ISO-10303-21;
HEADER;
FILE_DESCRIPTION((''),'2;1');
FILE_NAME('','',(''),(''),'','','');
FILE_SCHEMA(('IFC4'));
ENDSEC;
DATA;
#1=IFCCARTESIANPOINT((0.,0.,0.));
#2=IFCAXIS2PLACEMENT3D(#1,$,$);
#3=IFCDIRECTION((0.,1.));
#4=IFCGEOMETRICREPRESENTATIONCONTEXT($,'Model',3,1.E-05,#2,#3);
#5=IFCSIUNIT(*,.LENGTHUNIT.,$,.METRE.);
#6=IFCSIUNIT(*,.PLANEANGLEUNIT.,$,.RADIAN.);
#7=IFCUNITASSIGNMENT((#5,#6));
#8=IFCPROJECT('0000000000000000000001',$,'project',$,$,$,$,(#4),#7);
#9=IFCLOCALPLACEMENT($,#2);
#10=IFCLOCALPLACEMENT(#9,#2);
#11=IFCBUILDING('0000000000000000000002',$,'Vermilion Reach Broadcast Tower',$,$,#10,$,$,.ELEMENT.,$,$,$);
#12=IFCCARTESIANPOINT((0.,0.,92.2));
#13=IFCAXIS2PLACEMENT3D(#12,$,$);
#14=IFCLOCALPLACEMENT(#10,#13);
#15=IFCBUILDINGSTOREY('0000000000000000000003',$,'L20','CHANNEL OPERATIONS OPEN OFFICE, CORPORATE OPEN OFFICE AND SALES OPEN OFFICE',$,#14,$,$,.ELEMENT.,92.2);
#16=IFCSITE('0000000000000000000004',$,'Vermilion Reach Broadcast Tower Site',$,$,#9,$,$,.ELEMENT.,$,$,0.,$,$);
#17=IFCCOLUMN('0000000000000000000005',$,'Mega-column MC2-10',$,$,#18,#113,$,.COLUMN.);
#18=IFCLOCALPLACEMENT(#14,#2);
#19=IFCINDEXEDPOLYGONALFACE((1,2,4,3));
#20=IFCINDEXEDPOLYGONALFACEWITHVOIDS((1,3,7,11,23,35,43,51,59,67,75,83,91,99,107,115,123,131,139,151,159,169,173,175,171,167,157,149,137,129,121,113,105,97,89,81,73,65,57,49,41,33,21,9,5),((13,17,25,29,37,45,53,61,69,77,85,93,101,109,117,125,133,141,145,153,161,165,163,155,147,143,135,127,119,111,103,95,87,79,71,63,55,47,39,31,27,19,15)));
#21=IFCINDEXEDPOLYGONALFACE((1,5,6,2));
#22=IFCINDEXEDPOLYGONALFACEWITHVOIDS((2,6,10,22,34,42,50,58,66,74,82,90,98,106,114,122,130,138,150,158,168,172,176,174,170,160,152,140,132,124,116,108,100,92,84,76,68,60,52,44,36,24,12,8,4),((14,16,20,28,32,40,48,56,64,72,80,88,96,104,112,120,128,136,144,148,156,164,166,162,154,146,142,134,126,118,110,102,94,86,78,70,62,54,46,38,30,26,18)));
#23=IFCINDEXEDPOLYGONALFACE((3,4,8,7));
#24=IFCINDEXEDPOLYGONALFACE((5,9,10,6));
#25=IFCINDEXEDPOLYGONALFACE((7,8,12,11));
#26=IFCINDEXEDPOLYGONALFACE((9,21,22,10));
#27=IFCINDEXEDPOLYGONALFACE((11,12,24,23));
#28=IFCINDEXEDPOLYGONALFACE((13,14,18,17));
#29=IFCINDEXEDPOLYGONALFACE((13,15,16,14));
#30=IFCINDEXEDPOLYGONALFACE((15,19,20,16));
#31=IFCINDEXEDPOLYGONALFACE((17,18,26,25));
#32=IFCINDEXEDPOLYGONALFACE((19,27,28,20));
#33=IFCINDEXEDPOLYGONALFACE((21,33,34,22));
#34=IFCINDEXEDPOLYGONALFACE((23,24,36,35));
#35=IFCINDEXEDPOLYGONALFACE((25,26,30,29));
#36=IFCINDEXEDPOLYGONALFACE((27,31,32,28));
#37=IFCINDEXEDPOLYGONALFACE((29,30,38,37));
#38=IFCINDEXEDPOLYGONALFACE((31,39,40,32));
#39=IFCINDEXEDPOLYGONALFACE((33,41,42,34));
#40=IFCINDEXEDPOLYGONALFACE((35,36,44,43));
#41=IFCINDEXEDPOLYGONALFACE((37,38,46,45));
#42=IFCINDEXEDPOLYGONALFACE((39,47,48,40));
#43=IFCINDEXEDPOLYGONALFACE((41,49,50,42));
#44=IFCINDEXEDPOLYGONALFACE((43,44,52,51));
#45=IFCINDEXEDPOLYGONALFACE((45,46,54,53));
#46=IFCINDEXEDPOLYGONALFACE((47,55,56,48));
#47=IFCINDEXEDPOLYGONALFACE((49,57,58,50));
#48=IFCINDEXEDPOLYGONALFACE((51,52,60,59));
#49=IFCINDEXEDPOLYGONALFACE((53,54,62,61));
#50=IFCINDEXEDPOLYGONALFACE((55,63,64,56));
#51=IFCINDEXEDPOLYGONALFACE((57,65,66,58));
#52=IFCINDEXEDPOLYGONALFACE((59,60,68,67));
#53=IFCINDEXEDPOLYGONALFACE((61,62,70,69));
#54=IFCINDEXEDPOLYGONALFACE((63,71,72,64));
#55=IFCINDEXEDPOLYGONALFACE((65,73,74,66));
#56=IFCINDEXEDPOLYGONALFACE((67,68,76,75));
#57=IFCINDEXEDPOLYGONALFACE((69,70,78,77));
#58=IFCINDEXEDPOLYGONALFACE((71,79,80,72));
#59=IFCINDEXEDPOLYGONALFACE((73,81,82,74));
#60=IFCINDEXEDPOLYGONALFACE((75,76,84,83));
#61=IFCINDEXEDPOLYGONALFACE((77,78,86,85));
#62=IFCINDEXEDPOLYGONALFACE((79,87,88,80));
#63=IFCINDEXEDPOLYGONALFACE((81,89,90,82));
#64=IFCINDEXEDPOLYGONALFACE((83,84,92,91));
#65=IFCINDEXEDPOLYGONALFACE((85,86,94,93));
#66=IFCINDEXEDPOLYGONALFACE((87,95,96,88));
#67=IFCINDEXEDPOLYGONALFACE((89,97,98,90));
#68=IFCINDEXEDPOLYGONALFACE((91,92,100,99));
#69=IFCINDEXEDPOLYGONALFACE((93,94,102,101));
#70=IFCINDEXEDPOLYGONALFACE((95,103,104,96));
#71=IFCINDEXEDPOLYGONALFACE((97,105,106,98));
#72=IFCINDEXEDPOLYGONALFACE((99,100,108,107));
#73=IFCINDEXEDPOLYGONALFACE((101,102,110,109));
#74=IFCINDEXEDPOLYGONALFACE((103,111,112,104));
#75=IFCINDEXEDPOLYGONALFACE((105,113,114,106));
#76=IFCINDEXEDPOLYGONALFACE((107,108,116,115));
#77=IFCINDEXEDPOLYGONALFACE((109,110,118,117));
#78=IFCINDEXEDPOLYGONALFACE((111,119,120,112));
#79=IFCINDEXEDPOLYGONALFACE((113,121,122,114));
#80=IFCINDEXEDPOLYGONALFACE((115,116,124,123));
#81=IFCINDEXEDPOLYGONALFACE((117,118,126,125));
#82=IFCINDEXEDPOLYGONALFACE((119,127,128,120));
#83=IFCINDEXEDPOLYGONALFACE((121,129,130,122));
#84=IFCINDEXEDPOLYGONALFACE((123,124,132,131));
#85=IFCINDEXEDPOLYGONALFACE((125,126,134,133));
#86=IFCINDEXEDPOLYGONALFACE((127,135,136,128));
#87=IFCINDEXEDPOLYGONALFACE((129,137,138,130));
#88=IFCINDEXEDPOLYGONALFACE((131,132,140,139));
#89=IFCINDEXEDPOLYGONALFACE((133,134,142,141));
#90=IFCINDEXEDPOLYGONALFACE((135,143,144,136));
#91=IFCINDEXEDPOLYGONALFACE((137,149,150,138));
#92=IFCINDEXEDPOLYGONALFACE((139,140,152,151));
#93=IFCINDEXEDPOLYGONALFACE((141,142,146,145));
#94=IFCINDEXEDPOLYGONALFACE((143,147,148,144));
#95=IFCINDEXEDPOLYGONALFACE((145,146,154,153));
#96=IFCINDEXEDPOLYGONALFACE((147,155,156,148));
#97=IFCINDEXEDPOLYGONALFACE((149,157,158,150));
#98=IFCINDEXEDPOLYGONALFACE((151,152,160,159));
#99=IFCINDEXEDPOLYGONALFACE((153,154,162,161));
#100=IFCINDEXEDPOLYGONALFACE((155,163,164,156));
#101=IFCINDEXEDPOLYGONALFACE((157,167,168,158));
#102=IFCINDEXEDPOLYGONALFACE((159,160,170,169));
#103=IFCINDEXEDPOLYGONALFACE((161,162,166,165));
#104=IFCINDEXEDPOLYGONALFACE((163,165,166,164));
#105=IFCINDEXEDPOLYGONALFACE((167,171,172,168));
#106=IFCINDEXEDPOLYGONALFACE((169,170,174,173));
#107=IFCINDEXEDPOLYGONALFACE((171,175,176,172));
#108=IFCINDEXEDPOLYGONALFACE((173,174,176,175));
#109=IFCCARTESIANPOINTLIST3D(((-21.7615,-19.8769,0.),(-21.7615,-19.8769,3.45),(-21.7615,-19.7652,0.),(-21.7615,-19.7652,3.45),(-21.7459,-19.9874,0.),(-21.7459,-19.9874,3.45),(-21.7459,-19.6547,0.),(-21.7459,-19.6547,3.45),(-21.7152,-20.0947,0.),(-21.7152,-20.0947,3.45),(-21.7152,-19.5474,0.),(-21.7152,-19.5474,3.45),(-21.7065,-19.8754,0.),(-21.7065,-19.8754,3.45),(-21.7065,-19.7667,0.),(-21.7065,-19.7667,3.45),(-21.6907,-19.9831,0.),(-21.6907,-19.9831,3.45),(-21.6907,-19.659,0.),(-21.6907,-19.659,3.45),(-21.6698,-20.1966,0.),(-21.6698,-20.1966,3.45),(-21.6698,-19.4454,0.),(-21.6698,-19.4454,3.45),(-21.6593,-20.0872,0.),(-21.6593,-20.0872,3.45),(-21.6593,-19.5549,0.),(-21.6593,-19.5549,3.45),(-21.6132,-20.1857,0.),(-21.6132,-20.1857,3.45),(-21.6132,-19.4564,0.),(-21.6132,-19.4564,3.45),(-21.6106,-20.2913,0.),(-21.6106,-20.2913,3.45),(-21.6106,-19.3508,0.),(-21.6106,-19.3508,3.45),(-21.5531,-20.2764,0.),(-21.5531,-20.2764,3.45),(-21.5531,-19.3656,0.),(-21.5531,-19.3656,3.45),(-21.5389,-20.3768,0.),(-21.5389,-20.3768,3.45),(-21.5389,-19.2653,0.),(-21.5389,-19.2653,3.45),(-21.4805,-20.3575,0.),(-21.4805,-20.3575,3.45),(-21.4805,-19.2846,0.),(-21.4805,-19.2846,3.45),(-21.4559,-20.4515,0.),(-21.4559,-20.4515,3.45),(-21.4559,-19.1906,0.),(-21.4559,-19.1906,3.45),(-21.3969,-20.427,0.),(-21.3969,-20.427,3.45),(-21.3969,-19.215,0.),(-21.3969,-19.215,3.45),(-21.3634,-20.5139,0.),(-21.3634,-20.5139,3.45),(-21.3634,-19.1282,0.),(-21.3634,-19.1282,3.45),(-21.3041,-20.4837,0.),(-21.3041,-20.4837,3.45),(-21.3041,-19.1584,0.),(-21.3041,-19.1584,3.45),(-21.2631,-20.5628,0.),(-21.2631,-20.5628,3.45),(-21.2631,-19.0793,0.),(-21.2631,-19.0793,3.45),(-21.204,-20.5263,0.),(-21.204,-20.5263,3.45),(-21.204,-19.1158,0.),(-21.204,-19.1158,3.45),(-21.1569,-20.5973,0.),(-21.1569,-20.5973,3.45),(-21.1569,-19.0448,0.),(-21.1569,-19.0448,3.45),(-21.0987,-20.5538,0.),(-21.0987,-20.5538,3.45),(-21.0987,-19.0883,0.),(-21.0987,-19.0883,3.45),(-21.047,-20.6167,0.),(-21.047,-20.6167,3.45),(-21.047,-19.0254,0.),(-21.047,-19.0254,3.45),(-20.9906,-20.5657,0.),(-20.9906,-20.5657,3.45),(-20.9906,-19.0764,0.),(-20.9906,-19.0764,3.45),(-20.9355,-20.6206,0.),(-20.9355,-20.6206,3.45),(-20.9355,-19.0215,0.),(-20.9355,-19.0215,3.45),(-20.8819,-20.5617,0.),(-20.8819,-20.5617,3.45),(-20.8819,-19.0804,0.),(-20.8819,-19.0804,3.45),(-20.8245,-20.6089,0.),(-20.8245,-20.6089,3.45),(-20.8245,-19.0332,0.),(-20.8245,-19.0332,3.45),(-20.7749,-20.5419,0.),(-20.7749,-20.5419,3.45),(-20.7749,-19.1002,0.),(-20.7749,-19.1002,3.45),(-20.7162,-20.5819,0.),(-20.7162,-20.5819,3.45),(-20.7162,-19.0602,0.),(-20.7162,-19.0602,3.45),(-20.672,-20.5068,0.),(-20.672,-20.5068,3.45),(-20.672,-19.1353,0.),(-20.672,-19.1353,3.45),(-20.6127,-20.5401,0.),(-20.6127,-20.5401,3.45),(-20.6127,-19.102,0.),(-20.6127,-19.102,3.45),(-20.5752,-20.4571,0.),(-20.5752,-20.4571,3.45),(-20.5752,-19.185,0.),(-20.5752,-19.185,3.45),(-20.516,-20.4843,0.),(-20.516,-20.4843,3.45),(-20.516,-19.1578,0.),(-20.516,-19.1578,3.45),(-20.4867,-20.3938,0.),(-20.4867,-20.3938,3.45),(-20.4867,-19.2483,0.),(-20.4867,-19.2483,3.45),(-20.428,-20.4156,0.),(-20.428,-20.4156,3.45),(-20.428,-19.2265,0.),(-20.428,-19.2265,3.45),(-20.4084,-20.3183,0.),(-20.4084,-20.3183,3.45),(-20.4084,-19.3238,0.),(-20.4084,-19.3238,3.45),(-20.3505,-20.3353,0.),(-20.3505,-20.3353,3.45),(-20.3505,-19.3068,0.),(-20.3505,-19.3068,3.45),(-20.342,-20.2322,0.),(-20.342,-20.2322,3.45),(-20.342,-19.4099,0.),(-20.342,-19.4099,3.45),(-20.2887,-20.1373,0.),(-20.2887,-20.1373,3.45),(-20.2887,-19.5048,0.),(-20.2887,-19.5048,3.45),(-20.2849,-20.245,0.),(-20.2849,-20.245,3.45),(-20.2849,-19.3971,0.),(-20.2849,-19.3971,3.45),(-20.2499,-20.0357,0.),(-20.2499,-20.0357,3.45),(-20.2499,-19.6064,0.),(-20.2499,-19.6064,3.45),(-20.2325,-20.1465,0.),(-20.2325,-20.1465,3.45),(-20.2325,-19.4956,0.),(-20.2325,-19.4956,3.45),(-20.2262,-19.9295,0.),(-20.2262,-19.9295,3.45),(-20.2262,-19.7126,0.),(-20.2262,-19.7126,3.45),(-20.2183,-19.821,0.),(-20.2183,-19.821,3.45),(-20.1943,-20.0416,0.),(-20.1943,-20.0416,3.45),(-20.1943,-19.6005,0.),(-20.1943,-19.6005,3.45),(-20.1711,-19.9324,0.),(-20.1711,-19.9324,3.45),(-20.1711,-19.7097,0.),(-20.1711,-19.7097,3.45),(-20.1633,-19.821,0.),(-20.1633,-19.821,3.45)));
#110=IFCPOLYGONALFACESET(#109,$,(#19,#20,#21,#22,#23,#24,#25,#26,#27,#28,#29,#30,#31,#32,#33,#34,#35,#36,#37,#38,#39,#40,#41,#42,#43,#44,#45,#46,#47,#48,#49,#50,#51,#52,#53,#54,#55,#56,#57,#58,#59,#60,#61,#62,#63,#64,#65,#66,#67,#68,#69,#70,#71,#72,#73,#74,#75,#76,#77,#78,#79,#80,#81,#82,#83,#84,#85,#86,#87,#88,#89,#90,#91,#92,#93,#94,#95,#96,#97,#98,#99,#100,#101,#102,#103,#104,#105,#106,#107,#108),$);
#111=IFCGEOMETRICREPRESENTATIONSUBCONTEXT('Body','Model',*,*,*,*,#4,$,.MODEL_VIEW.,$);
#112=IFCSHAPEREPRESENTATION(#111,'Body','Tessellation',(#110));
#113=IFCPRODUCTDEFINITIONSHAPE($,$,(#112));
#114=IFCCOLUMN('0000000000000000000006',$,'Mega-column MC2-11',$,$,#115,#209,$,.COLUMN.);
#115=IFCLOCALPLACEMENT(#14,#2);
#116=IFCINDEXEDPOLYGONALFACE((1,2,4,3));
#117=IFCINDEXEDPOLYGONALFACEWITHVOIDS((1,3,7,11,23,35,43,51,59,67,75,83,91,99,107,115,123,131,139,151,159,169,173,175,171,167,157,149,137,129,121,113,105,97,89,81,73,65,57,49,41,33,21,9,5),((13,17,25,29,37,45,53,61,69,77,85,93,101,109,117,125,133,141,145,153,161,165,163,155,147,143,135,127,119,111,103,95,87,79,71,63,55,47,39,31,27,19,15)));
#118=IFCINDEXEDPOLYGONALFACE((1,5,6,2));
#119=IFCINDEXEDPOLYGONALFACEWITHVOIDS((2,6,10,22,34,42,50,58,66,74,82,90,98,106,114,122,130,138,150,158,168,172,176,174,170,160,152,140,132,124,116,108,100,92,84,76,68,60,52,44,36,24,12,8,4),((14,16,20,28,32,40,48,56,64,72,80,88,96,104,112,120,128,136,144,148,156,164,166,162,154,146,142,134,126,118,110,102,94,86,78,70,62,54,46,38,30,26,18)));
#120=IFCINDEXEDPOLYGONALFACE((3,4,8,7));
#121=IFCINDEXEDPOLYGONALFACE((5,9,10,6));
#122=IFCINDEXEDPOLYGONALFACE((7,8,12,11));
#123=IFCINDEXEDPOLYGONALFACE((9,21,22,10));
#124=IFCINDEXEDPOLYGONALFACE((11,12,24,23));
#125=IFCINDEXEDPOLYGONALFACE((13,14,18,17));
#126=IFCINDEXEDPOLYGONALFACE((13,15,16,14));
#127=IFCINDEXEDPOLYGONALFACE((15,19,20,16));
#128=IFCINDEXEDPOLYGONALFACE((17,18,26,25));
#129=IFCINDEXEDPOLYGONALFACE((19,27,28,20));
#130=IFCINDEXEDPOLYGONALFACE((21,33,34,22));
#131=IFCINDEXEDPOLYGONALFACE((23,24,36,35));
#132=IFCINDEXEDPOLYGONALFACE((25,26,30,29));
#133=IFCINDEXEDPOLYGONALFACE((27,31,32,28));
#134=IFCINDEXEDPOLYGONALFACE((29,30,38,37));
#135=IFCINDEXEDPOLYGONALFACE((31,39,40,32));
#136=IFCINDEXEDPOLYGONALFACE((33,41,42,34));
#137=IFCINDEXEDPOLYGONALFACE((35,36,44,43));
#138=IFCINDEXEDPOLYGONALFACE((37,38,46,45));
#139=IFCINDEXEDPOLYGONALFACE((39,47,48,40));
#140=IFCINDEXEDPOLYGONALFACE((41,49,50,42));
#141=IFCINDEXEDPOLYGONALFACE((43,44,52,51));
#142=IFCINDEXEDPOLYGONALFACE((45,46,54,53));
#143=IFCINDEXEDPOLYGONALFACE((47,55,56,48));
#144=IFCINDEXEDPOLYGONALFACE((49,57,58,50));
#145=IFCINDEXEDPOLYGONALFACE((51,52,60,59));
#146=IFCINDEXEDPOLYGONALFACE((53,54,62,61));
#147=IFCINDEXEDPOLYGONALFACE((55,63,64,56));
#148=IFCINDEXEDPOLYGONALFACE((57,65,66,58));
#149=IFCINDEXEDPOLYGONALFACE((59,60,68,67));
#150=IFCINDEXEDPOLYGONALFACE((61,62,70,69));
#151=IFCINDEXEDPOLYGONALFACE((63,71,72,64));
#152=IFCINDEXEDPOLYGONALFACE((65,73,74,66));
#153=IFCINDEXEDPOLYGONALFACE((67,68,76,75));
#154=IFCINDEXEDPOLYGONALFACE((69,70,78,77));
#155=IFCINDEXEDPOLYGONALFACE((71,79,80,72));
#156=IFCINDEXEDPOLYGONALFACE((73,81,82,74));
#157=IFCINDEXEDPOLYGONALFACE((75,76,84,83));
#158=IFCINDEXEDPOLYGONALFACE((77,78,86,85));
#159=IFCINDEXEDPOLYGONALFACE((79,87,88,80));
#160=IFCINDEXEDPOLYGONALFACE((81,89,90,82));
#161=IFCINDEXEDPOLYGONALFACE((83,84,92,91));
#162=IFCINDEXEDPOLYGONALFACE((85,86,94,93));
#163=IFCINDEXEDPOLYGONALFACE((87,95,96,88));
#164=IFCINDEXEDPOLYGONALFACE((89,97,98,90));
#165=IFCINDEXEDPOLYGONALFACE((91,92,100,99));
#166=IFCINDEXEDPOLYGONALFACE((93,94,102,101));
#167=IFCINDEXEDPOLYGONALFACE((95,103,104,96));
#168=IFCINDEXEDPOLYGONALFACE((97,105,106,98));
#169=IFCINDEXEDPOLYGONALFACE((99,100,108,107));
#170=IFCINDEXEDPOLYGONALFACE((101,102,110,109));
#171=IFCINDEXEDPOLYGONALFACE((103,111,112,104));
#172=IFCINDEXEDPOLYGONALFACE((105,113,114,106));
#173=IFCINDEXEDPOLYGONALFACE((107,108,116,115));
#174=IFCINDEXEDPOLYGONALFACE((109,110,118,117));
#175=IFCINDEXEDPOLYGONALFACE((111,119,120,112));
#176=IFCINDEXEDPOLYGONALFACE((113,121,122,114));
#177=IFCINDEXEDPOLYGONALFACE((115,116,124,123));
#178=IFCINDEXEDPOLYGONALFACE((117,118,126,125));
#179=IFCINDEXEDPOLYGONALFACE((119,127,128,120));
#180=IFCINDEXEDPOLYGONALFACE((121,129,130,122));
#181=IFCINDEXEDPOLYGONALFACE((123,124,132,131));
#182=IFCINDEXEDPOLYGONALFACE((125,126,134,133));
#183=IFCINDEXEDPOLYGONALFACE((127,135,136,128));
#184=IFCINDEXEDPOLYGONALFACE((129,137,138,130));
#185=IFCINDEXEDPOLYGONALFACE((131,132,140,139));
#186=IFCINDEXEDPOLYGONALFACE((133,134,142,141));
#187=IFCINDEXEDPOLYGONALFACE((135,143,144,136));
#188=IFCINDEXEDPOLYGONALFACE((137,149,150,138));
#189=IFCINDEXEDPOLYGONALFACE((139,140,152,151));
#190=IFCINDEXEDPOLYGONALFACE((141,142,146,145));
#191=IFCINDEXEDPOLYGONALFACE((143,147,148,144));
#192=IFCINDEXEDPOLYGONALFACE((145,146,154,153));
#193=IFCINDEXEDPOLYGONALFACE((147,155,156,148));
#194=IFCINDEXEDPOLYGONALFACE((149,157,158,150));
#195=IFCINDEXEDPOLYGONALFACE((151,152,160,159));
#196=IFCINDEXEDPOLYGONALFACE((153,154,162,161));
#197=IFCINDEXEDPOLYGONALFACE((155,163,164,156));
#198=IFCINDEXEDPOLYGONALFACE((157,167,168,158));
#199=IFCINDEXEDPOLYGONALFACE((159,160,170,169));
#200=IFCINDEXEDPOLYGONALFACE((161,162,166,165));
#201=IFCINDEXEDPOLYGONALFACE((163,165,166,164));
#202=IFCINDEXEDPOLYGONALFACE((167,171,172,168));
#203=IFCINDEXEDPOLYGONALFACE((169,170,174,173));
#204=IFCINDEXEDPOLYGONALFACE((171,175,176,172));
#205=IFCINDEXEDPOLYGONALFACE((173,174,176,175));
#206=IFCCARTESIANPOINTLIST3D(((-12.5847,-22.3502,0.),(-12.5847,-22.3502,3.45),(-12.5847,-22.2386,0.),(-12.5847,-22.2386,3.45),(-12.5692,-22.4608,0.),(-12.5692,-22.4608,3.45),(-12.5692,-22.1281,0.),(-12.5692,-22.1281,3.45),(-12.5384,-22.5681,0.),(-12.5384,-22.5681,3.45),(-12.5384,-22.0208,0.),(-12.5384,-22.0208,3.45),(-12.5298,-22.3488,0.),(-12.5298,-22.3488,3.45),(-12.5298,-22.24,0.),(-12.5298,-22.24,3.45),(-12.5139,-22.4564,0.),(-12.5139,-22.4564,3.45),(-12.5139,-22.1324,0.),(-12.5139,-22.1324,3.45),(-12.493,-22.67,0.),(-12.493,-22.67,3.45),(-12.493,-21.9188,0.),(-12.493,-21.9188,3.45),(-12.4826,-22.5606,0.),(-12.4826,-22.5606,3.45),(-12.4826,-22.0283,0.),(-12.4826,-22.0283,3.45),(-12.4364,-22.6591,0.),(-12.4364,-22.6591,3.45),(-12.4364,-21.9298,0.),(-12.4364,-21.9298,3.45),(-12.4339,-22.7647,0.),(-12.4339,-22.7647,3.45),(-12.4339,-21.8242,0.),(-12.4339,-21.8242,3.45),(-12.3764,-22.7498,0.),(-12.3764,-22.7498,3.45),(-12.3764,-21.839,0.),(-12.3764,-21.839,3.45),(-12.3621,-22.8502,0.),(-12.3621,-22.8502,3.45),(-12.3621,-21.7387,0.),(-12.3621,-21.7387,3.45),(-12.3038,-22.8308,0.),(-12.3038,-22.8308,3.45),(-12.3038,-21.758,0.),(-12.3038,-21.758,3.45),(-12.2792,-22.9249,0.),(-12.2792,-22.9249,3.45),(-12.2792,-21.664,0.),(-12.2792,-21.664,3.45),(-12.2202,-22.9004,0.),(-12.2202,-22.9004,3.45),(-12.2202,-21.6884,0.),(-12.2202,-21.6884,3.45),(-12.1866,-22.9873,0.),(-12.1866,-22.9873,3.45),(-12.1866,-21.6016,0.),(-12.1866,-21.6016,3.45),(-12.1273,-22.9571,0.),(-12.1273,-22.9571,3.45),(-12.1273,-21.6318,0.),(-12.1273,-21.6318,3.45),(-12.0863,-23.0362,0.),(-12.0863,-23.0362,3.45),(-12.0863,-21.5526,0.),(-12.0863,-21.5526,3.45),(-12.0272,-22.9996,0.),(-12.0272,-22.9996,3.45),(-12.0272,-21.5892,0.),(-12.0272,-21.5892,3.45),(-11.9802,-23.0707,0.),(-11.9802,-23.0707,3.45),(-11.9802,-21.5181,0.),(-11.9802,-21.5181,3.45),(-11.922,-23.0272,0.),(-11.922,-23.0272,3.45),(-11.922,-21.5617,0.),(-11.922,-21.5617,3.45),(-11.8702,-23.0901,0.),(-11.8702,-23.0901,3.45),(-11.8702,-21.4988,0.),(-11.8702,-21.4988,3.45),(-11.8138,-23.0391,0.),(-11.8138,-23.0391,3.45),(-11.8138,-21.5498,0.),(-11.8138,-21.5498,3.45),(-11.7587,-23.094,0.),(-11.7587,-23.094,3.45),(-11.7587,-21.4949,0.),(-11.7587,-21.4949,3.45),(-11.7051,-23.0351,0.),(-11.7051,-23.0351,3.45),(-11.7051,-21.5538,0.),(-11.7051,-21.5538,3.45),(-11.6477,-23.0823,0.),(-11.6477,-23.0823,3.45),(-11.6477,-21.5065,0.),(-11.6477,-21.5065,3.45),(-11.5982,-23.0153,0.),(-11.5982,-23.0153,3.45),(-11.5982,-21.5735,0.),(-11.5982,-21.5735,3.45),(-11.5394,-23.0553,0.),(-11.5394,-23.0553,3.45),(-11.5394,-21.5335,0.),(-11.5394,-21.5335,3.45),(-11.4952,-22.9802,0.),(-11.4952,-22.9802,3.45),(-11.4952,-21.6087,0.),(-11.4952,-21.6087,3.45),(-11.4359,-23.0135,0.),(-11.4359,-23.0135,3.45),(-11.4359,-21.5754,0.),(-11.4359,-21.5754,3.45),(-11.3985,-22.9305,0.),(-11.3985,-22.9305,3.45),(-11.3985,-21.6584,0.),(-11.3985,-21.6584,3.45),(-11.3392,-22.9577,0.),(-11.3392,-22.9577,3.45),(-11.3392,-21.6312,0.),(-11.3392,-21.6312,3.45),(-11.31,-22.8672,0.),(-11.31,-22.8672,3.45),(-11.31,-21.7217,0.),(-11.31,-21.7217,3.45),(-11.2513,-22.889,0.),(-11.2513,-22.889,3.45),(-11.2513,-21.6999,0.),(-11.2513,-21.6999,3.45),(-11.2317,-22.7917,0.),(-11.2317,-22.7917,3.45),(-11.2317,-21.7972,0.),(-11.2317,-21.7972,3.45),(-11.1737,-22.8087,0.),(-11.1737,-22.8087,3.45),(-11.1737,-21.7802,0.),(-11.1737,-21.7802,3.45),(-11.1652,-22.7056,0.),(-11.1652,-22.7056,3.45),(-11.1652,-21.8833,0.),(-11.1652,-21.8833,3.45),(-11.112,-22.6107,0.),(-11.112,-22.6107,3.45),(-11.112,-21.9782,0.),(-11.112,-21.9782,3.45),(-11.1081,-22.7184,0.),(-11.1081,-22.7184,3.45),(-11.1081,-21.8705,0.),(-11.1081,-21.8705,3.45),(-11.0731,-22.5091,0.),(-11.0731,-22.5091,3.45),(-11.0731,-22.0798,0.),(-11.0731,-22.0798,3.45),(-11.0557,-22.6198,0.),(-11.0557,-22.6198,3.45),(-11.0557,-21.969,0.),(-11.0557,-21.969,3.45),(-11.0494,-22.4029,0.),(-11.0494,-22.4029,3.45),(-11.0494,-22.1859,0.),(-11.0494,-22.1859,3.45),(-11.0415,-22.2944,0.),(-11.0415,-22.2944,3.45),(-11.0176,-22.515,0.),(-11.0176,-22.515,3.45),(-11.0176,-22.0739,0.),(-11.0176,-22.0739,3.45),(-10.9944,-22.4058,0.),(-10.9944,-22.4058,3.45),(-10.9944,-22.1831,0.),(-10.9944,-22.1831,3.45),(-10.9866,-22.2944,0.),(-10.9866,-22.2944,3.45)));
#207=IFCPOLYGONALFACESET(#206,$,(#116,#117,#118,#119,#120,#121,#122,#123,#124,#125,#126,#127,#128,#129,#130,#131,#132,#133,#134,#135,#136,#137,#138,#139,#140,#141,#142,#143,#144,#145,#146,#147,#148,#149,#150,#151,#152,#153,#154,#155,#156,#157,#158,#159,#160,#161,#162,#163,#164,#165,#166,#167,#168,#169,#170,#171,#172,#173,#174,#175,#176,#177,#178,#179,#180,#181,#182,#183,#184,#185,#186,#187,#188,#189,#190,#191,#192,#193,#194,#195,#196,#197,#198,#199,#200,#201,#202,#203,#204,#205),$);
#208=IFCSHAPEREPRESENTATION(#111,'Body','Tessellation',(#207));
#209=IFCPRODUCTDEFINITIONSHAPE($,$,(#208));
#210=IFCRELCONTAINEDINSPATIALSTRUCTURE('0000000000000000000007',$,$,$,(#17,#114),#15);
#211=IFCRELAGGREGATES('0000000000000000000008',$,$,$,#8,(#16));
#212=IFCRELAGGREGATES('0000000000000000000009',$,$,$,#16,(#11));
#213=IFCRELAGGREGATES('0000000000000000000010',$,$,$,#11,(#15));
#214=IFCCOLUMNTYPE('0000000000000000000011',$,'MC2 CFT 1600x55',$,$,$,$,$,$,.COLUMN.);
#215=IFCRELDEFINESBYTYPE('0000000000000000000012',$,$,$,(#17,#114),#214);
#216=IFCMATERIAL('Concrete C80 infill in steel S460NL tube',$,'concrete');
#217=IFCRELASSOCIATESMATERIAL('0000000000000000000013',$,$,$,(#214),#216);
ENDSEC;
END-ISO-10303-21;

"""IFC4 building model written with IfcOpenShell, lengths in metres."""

from ifc_helpers import new_model, si_unit, direction, frame, origin, origin_2d, place, context, subcontext, project, spatial, hollow_circle, extrude, material, material_profile, profile_set, type_object, element, save


model = new_model("IFC4")

# Units and contexts
model_context = context("Model", 3, precision=1e-05, world=origin(), true_north=direction((0.0, 1.0)))
body_context = subcontext(model_context, "Body", "Model", "MODEL_VIEW")
ifc_project = project(units=[si_unit("LENGTHUNIT", "METRE"), si_unit("PLANEANGLEUNIT", "RADIAN")], contexts=[model_context])

# Site, building, storey
site_placement = place(None, origin())
site = spatial("IfcSite", under=ifc_project, at=site_placement, Name="Vermilion Reach Broadcast Tower Site", CompositionType="ELEMENT", RefElevation=0.0)
building_placement = place(site_placement, origin())
building = spatial("IfcBuilding", under=site, at=building_placement, Name="Vermilion Reach Broadcast Tower", CompositionType="ELEMENT")
storey_placement = place(building_placement, frame((0.0, 0.0, 92.2)))
storey = spatial("IfcBuildingStorey", under=building, at=storey_placement, Name="L20", Description="CHANNEL OPERATIONS OPEN OFFICE, CORPORATE OPEN OFFICE AND SALES OPEN OFFICE", CompositionType="ELEMENT", Elevation=92.2)

# Columns
ifc_material_1 = material(Name="Concrete C80 infill in steel S460NL tube", Category="concrete")
ifc_material_profile_1 = material_profile(ifc_material_1, hollow_circle(Radius=0.8, WallThickness=0.0549, at=origin_2d()), Name="Concrete C80 infill in steel S460NL tube CFT 1600x55")
ifc_profile_set_1 = profile_set([ifc_material_profile_1], Name="Concrete C80 infill in steel S460NL tube")
column_type = type_object("IfcColumnType", Name="MC2 CFT 1600x55", PredefinedType="COLUMN", material=ifc_profile_set_1)
for number, where, z_axis, x_axis, name in (
    (1, (-20.9634, -19.821, 0.0), (0.0, 0.0, 1.0), (1.0, 0.0, 0.0), "Mega-column MC2-10"),
    (2, (-11.7866, -22.2944, 0.0), (0.0, 0.0, 1.0), (1.0, 0.0, 0.0), "Mega-column MC2-11"),
):
    element("IfcColumn", number, at=place(storey_placement, frame(where, z_axis=z_axis, x_axis=x_axis)), inside=storey, type_object=column_type, Name=name, PredefinedType="COLUMN", context=body_context, shape_type="SweptSolid", body=[
        extrude(hollow_circle(Radius=0.8, WallThickness=0.0549, at=origin_2d()), origin(), (0.0, 0.0, 1.0), 3.45),
    ])

save(model, "model.ifc")
